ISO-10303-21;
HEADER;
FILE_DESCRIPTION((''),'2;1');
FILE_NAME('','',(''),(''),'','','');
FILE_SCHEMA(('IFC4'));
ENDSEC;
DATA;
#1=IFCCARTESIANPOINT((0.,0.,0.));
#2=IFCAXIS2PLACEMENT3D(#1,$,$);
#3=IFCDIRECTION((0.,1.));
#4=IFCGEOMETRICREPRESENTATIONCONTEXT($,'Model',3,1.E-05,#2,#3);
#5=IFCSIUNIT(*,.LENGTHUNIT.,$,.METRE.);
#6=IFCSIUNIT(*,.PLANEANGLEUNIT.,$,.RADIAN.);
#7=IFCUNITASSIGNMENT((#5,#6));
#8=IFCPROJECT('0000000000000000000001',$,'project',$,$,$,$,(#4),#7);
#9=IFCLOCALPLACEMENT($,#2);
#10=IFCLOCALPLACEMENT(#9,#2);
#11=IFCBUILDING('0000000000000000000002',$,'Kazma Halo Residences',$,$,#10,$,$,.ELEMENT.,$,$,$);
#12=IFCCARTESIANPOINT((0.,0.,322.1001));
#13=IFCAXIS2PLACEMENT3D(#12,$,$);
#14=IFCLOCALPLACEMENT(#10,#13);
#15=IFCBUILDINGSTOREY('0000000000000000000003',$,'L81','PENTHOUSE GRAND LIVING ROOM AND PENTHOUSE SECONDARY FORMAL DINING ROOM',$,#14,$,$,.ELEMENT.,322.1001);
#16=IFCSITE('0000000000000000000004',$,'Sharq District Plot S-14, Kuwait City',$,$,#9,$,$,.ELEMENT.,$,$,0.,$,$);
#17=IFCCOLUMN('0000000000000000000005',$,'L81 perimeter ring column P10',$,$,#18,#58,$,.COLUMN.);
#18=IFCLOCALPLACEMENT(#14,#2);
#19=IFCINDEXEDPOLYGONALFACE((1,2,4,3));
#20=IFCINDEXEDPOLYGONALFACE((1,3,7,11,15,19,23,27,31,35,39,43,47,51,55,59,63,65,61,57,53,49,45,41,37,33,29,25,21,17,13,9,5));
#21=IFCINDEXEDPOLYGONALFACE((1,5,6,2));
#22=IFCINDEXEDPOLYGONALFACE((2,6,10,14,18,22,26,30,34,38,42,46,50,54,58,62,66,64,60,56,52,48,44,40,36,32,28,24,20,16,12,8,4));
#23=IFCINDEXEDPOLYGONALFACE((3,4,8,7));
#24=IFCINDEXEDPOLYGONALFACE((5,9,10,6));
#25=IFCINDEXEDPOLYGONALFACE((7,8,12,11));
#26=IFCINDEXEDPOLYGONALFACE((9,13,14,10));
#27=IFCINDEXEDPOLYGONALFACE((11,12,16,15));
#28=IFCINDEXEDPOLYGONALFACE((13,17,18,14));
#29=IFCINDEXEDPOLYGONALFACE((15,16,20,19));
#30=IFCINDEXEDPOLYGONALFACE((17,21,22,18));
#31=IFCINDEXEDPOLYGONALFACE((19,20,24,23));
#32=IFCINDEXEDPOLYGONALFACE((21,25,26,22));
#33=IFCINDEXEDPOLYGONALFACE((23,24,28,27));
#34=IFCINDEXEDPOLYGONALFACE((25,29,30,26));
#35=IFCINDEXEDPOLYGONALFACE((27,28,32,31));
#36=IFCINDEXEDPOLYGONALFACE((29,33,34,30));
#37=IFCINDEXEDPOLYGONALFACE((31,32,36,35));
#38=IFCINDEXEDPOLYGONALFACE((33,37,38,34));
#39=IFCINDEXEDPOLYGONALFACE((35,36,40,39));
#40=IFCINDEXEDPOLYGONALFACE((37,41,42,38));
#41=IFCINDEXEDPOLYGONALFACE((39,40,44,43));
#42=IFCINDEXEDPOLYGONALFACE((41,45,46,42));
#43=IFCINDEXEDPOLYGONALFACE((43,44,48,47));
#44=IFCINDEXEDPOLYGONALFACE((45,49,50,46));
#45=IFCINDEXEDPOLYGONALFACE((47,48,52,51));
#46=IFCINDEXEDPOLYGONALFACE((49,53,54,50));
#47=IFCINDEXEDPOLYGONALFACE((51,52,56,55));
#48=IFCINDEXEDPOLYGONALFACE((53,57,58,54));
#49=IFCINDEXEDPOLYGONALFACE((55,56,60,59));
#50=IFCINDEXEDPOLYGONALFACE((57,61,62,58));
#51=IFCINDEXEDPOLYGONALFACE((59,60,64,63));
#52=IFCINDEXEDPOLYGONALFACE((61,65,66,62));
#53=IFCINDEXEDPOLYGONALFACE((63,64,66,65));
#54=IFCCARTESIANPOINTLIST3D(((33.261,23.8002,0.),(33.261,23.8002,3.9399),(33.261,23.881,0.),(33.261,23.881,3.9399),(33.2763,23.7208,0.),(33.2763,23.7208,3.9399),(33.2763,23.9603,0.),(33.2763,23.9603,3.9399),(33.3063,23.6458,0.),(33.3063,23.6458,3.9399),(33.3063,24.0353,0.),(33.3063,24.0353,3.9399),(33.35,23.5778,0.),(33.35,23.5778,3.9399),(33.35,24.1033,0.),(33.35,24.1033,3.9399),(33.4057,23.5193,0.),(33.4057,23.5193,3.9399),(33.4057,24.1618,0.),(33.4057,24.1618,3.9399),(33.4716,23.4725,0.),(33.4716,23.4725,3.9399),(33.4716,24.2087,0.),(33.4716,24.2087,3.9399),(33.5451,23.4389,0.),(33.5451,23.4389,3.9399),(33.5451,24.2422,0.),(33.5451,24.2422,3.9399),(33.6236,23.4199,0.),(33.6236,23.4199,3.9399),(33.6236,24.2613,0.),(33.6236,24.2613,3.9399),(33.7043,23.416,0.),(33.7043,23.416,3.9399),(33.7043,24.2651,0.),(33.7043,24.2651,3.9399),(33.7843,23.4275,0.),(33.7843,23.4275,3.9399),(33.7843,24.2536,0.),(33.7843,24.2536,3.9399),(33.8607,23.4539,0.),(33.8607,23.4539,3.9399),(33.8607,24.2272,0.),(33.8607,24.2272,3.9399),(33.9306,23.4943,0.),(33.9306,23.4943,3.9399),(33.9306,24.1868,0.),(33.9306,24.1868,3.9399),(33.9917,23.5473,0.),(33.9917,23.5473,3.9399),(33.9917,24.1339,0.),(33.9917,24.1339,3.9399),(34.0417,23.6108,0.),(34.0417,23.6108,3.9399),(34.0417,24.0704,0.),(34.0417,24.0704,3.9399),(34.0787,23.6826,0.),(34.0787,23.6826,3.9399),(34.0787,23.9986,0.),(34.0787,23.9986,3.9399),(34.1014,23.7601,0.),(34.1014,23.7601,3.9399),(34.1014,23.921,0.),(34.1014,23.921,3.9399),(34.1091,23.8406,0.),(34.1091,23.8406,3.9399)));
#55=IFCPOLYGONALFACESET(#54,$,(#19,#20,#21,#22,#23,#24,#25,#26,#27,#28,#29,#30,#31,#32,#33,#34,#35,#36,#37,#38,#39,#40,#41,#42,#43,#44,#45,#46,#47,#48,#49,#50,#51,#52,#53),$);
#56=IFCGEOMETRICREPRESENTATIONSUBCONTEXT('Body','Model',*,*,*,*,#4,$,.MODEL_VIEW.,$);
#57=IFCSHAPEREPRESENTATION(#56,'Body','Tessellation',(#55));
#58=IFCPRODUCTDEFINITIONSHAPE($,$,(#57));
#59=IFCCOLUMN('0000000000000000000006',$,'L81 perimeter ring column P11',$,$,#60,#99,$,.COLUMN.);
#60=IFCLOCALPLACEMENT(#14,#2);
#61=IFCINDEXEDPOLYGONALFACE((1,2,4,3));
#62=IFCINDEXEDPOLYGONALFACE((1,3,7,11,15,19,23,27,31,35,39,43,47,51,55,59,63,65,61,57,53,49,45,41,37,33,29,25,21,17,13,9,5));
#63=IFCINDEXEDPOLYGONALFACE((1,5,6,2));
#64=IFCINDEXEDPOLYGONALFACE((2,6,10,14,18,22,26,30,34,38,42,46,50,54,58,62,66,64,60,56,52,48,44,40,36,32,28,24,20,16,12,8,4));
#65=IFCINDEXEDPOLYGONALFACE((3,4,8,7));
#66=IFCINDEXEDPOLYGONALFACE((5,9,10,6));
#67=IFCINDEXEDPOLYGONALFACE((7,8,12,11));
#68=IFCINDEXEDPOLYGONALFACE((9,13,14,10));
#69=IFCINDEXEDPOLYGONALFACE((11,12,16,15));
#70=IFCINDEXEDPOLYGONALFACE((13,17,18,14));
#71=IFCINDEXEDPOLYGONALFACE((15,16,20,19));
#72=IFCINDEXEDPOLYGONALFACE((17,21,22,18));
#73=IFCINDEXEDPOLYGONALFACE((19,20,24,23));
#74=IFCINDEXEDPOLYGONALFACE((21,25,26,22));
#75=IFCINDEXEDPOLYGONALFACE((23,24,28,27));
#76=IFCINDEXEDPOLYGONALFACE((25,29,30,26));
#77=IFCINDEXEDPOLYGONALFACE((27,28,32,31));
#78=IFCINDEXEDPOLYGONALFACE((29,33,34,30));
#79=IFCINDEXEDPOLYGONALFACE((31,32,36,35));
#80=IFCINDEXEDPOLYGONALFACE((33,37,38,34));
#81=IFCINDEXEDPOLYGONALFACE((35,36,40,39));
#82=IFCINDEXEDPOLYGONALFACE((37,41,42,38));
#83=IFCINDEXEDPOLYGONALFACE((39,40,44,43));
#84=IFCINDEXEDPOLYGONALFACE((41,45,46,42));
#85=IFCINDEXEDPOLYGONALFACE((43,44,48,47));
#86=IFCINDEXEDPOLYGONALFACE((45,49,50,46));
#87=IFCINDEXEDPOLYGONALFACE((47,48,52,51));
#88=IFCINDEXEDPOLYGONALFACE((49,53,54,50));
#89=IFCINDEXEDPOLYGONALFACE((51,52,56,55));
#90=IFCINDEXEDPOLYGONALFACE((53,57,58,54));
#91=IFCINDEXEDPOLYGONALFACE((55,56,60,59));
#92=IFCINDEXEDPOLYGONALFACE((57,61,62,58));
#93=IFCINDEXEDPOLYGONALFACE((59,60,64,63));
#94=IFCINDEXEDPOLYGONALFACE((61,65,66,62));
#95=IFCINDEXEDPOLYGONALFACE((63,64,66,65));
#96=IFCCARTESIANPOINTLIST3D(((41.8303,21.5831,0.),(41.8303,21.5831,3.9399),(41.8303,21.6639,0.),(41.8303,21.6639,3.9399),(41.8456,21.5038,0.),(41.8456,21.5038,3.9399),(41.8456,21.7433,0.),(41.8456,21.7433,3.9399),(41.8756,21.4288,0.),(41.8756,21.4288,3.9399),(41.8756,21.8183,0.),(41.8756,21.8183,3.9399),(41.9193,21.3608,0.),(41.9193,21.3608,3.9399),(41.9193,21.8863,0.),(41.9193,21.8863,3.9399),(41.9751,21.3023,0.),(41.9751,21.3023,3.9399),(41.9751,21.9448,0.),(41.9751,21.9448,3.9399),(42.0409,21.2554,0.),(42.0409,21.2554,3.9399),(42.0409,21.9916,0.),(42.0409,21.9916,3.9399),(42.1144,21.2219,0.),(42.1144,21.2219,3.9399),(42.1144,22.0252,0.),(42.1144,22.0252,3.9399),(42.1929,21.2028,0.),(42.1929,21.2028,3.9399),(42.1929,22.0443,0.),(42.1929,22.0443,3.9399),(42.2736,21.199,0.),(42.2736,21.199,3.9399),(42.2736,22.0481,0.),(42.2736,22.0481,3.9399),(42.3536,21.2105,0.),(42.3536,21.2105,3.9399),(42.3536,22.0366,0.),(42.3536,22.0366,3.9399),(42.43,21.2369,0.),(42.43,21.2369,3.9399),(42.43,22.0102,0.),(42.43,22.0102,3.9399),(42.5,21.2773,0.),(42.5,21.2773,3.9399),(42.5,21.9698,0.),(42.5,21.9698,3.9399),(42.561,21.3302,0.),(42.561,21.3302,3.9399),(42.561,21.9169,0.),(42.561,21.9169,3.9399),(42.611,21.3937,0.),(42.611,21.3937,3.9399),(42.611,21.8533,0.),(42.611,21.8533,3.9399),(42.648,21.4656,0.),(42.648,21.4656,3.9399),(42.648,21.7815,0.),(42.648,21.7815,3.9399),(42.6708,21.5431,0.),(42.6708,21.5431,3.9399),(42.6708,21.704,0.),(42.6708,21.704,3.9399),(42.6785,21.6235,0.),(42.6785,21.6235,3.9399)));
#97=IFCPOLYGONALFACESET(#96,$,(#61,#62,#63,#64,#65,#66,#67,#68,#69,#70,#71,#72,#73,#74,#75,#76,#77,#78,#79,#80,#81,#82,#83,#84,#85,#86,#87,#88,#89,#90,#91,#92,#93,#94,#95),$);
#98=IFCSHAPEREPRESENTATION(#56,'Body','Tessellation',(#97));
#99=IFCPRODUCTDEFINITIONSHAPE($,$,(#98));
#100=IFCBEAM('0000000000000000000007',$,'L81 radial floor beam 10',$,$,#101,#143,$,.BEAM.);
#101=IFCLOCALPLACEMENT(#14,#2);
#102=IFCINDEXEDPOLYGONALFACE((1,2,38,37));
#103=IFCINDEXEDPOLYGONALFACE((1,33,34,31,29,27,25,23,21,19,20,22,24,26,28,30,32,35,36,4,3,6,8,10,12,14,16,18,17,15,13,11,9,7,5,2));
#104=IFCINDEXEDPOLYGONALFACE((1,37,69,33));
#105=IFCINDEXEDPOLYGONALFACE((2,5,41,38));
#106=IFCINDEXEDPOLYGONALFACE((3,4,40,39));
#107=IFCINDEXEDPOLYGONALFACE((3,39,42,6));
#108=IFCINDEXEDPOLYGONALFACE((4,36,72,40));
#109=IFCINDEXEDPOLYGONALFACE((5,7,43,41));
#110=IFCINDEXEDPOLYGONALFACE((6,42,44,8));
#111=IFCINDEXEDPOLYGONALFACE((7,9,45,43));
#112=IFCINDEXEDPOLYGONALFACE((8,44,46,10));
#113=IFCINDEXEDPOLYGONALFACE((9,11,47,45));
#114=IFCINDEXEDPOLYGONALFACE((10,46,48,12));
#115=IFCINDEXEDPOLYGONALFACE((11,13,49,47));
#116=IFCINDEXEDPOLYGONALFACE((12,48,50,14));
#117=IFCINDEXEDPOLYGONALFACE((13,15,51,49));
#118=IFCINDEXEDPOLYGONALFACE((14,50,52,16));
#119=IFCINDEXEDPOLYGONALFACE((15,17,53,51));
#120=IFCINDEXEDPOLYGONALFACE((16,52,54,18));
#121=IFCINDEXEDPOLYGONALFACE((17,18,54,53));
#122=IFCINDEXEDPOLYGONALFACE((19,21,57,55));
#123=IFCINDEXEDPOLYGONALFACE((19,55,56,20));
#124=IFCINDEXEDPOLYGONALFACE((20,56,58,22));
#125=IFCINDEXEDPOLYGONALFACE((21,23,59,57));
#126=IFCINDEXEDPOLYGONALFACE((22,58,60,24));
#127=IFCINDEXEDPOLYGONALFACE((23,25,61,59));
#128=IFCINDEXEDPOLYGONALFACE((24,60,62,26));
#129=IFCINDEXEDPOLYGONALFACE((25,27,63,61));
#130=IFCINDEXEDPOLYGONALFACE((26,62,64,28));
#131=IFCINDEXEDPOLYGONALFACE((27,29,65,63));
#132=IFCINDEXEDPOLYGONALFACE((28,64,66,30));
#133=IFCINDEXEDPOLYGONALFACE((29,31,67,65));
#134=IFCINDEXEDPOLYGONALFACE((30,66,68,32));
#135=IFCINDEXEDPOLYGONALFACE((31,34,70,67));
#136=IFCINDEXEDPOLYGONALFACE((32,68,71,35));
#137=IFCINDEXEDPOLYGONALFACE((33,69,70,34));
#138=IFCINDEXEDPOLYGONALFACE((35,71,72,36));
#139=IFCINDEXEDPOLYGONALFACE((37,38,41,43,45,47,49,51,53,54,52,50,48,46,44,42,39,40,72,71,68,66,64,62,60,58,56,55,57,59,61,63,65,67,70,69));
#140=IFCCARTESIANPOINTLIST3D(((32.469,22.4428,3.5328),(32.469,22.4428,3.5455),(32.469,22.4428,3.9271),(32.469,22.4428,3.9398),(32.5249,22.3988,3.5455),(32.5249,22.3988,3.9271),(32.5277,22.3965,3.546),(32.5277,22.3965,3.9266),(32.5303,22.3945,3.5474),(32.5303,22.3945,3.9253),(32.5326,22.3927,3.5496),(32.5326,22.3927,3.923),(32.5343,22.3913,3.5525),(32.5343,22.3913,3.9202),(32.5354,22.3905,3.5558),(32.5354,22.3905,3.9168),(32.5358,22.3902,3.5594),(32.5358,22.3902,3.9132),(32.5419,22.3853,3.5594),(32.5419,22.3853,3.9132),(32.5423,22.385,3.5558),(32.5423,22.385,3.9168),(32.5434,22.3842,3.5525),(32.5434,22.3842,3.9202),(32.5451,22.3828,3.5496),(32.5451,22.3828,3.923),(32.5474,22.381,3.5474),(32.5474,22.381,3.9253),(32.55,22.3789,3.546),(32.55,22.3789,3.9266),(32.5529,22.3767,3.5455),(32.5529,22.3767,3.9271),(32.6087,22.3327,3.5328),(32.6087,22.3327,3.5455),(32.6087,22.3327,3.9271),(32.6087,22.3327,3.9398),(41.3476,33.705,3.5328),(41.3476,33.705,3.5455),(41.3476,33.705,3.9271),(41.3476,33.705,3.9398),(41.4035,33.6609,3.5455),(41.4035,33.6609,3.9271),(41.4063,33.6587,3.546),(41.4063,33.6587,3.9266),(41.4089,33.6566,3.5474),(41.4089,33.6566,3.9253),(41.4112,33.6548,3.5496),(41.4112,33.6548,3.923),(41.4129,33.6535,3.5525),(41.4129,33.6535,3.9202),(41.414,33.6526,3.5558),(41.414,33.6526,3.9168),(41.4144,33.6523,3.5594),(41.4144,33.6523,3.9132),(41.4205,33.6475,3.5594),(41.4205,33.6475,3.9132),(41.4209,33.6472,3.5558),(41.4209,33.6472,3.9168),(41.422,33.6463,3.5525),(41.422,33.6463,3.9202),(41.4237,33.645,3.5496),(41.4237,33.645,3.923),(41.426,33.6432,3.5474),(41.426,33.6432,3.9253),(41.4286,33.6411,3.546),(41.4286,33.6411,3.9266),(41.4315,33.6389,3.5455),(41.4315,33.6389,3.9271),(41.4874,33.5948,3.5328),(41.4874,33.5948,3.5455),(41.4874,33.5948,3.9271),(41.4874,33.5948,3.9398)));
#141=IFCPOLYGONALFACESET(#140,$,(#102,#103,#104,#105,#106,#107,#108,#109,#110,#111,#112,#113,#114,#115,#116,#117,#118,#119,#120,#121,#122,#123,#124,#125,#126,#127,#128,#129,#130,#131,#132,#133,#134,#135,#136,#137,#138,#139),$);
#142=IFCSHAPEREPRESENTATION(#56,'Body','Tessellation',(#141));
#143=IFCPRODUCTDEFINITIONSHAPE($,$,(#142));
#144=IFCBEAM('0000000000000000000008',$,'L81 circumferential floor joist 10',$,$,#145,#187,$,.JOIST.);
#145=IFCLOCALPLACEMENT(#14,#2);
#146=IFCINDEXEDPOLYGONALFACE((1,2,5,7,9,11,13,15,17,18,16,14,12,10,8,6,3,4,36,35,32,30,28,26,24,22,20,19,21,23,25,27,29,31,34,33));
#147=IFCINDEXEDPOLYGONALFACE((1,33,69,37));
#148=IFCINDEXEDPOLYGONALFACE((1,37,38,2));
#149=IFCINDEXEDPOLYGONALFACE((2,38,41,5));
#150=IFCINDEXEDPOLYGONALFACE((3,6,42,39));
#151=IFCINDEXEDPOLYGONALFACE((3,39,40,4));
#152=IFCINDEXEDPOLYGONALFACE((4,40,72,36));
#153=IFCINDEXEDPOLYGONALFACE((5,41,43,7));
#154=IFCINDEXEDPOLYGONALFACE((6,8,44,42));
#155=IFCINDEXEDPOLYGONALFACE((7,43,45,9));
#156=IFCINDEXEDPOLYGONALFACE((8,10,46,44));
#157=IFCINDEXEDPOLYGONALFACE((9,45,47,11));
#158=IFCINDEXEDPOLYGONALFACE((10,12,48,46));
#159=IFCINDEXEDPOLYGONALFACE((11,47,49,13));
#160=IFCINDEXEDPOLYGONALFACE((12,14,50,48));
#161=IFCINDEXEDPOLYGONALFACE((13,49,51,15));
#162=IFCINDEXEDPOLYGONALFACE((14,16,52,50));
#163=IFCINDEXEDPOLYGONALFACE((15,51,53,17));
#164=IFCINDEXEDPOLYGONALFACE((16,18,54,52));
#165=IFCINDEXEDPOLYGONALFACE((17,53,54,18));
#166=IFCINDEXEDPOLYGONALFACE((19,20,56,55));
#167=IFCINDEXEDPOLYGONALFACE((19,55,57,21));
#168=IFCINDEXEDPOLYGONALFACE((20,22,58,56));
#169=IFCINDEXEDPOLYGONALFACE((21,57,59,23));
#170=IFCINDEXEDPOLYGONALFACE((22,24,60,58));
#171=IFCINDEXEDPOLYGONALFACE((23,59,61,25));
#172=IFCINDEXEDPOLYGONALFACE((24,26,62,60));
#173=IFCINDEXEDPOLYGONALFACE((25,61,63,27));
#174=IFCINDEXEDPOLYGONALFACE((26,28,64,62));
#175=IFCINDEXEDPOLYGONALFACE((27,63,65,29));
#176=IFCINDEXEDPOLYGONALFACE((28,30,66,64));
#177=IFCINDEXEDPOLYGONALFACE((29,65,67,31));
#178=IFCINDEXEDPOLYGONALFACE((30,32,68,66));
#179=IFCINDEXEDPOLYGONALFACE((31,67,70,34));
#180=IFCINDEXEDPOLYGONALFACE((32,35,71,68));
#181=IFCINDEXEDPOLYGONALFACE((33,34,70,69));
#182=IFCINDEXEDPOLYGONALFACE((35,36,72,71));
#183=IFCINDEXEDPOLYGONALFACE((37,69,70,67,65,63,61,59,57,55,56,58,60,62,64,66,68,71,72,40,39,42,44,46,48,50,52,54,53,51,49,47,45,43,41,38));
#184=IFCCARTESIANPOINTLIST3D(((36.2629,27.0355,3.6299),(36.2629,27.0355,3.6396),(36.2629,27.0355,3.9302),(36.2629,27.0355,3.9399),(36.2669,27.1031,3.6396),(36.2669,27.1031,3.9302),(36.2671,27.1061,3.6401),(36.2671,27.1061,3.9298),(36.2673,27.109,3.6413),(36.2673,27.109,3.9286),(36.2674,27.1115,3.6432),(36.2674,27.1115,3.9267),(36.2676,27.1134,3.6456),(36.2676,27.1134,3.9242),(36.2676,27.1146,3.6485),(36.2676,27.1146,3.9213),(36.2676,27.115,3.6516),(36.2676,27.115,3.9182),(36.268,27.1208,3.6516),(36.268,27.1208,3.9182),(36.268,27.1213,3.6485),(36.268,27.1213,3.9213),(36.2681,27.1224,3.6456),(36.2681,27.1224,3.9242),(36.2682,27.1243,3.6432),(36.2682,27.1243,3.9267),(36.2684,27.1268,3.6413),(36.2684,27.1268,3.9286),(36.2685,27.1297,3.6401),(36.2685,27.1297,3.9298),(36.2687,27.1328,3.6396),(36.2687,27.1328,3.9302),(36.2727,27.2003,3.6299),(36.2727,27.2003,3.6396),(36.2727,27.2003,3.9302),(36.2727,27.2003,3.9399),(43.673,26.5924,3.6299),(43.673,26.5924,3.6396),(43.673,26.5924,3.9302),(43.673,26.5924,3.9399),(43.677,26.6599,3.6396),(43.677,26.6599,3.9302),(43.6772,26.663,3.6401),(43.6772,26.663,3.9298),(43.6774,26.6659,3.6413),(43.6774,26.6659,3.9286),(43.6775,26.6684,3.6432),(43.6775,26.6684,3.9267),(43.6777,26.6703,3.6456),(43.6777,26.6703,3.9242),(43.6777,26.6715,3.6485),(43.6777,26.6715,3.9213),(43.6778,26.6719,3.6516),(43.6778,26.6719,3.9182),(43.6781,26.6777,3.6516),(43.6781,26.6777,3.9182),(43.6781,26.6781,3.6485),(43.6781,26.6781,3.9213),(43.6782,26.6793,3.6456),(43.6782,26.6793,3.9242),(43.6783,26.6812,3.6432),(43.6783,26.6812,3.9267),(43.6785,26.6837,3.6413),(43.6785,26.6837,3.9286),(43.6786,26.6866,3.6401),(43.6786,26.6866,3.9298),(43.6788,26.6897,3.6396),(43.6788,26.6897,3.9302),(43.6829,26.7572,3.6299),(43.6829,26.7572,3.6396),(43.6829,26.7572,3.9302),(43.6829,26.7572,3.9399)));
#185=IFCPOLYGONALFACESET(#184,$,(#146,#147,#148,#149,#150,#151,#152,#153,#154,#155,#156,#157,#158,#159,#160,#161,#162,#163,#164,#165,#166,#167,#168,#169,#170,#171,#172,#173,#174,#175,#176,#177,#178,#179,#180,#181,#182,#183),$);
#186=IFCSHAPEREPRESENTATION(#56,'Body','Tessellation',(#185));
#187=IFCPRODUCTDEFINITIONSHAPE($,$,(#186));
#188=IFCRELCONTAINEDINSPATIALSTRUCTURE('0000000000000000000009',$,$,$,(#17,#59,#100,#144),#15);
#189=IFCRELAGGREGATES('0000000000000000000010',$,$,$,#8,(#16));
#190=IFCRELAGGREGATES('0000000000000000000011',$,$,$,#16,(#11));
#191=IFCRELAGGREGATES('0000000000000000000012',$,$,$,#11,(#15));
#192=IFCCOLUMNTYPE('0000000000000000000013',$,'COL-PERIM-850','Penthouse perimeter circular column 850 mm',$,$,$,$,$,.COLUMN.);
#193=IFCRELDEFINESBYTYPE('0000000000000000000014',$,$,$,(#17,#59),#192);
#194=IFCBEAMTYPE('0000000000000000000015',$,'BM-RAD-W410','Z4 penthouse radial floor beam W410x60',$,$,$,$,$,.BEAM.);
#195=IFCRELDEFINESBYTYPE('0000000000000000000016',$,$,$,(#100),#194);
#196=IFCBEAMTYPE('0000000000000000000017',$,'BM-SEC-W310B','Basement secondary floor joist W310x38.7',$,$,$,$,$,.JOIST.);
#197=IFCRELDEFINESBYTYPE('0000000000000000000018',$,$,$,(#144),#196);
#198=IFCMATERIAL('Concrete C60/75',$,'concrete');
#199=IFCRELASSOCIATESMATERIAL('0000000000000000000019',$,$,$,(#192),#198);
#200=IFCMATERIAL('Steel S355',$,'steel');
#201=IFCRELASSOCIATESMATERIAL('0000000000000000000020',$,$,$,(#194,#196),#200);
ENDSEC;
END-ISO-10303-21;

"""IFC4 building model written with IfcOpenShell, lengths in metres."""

from ifc_helpers import new_model, si_unit, direction, frame, origin, origin_2d, place, context, subcontext, project, spatial, circle, i_section, extrude, material, material_profile, profile_set, type_object, element, save


model = new_model("IFC4")

# Units and contexts
model_context = context("Model", 3, precision=1e-05, world=origin(), true_north=direction((0.0, 1.0)))
body_context = subcontext(model_context, "Body", "Model", "MODEL_VIEW")
ifc_project = project(units=[si_unit("LENGTHUNIT", "METRE"), si_unit("PLANEANGLEUNIT", "RADIAN")], contexts=[model_context])

# Site, building, storey
site_placement = place(None, origin())
site = spatial("IfcSite", under=ifc_project, at=site_placement, Name="Sharq District Plot S-14, Kuwait City", CompositionType="ELEMENT", RefElevation=0.0)
building_placement = place(site_placement, origin())
building = spatial("IfcBuilding", under=site, at=building_placement, Name="Kazma Halo Residences", CompositionType="ELEMENT")
storey_placement = place(building_placement, frame((0.0, 0.0, 322.1001)))
storey = spatial("IfcBuildingStorey", under=building, at=storey_placement, Name="L81", Description="PENTHOUSE GRAND LIVING ROOM AND PENTHOUSE SECONDARY FORMAL DINING ROOM", CompositionType="ELEMENT", Elevation=322.1001)

# Columns
ifc_material_1 = material(Name="Concrete C60/75", Category="concrete")
ifc_material_profile_1 = material_profile(ifc_material_1, circle(Radius=0.425, at=origin_2d()), Name="CIRC850")
ifc_profile_set_1 = profile_set([ifc_material_profile_1], Name="Concrete C60/75")
column_type = type_object("IfcColumnType", Name="COL-PERIM-850", Description="Penthouse perimeter circular column 850 mm", PredefinedType="COLUMN", material=ifc_profile_set_1)
for number, where, z_axis, x_axis, name in (
    (1, (33.6841, 23.8406, 0.0), (0.0, 0.0, 1.0), (1.0, 0.0, 0.0), "L81 perimeter ring column P10"),
    (2, (42.2534, 21.6235, 0.0), (0.0, 0.0, 1.0), (1.0, 0.0, 0.0), "L81 perimeter ring column P11"),
):
    element("IfcColumn", number, at=place(storey_placement, frame(where, z_axis=z_axis, x_axis=x_axis)), inside=storey, type_object=column_type, Name=name, PredefinedType="COLUMN", context=body_context, shape_type="SweptSolid", body=[
        extrude(circle(Radius=0.425, at=origin_2d()), origin(), (0.0, 0.0, 1.0), 3.9399),
    ])

# Beams
ifc_material_2 = material(Name="Steel S355", Category="steel")
ifc_material_profile_2 = material_profile(ifc_material_2, i_section(OverallWidth=0.178, OverallDepth=0.407, WebThickness=0.0078, FlangeThickness=0.0127, FilletRadius=0.0139, at=origin_2d()), Name="W410x60")
ifc_profile_set_2 = profile_set([ifc_material_profile_2], Name="Steel S355")
beam_type_1 = type_object("IfcBeamType", Name="BM-RAD-W410", Description="Z4 penthouse radial floor beam W410x60", PredefinedType="BEAM", material=ifc_profile_set_2)
beam_1_placement = place(storey_placement, frame((41.4175, 33.6499, 3.7363), z_axis=(-0.619105, -0.785308, 0.0), x_axis=(0.785308, -0.619105, 0.0)))
element("IfcBeam", 3, at=beam_1_placement, inside=storey, type_object=beam_type_1, Name="L81 radial floor beam 10", PredefinedType="BEAM", context=body_context, shape_type="SweptSolid", body=[
    extrude(i_section(OverallWidth=0.178, OverallDepth=0.407, WebThickness=0.0078, FlangeThickness=0.0127, FilletRadius=0.0139, at=origin_2d()), origin(), (0.0, 0.0, 1.0), 14.3411),
])
ifc_material_profile_3 = material_profile(ifc_material_2, i_section(OverallWidth=0.165, OverallDepth=0.3101, WebThickness=0.0059, FlangeThickness=0.0098, FilletRadius=0.012, at=origin_2d()), Name="W310x38.7")
ifc_profile_set_3 = profile_set([ifc_material_profile_3], Name="Steel S355")
beam_type_2 = type_object("IfcBeamType", Name="BM-SEC-W310B", Description="Basement secondary floor joist W310x38.7", PredefinedType="JOIST", material=ifc_profile_set_3)
beam_2_placement = place(storey_placement, frame((36.2678, 27.1179, 3.7849), z_axis=(0.998217, -0.059692, 0.0), x_axis=(0.059692, 0.998217, 0.0)))
element("IfcBeam", 4, at=beam_2_placement, inside=storey, type_object=beam_type_2, Name="L81 circumferential floor joist 10", PredefinedType="JOIST", context=body_context, shape_type="SweptSolid", body=[
    extrude(i_section(OverallWidth=0.165, OverallDepth=0.3101, WebThickness=0.0059, FlangeThickness=0.0098, FilletRadius=0.012, at=origin_2d()), origin(), (0.0, 0.0, 1.0), 7.4233),
])

save(model, "model.ifc")
